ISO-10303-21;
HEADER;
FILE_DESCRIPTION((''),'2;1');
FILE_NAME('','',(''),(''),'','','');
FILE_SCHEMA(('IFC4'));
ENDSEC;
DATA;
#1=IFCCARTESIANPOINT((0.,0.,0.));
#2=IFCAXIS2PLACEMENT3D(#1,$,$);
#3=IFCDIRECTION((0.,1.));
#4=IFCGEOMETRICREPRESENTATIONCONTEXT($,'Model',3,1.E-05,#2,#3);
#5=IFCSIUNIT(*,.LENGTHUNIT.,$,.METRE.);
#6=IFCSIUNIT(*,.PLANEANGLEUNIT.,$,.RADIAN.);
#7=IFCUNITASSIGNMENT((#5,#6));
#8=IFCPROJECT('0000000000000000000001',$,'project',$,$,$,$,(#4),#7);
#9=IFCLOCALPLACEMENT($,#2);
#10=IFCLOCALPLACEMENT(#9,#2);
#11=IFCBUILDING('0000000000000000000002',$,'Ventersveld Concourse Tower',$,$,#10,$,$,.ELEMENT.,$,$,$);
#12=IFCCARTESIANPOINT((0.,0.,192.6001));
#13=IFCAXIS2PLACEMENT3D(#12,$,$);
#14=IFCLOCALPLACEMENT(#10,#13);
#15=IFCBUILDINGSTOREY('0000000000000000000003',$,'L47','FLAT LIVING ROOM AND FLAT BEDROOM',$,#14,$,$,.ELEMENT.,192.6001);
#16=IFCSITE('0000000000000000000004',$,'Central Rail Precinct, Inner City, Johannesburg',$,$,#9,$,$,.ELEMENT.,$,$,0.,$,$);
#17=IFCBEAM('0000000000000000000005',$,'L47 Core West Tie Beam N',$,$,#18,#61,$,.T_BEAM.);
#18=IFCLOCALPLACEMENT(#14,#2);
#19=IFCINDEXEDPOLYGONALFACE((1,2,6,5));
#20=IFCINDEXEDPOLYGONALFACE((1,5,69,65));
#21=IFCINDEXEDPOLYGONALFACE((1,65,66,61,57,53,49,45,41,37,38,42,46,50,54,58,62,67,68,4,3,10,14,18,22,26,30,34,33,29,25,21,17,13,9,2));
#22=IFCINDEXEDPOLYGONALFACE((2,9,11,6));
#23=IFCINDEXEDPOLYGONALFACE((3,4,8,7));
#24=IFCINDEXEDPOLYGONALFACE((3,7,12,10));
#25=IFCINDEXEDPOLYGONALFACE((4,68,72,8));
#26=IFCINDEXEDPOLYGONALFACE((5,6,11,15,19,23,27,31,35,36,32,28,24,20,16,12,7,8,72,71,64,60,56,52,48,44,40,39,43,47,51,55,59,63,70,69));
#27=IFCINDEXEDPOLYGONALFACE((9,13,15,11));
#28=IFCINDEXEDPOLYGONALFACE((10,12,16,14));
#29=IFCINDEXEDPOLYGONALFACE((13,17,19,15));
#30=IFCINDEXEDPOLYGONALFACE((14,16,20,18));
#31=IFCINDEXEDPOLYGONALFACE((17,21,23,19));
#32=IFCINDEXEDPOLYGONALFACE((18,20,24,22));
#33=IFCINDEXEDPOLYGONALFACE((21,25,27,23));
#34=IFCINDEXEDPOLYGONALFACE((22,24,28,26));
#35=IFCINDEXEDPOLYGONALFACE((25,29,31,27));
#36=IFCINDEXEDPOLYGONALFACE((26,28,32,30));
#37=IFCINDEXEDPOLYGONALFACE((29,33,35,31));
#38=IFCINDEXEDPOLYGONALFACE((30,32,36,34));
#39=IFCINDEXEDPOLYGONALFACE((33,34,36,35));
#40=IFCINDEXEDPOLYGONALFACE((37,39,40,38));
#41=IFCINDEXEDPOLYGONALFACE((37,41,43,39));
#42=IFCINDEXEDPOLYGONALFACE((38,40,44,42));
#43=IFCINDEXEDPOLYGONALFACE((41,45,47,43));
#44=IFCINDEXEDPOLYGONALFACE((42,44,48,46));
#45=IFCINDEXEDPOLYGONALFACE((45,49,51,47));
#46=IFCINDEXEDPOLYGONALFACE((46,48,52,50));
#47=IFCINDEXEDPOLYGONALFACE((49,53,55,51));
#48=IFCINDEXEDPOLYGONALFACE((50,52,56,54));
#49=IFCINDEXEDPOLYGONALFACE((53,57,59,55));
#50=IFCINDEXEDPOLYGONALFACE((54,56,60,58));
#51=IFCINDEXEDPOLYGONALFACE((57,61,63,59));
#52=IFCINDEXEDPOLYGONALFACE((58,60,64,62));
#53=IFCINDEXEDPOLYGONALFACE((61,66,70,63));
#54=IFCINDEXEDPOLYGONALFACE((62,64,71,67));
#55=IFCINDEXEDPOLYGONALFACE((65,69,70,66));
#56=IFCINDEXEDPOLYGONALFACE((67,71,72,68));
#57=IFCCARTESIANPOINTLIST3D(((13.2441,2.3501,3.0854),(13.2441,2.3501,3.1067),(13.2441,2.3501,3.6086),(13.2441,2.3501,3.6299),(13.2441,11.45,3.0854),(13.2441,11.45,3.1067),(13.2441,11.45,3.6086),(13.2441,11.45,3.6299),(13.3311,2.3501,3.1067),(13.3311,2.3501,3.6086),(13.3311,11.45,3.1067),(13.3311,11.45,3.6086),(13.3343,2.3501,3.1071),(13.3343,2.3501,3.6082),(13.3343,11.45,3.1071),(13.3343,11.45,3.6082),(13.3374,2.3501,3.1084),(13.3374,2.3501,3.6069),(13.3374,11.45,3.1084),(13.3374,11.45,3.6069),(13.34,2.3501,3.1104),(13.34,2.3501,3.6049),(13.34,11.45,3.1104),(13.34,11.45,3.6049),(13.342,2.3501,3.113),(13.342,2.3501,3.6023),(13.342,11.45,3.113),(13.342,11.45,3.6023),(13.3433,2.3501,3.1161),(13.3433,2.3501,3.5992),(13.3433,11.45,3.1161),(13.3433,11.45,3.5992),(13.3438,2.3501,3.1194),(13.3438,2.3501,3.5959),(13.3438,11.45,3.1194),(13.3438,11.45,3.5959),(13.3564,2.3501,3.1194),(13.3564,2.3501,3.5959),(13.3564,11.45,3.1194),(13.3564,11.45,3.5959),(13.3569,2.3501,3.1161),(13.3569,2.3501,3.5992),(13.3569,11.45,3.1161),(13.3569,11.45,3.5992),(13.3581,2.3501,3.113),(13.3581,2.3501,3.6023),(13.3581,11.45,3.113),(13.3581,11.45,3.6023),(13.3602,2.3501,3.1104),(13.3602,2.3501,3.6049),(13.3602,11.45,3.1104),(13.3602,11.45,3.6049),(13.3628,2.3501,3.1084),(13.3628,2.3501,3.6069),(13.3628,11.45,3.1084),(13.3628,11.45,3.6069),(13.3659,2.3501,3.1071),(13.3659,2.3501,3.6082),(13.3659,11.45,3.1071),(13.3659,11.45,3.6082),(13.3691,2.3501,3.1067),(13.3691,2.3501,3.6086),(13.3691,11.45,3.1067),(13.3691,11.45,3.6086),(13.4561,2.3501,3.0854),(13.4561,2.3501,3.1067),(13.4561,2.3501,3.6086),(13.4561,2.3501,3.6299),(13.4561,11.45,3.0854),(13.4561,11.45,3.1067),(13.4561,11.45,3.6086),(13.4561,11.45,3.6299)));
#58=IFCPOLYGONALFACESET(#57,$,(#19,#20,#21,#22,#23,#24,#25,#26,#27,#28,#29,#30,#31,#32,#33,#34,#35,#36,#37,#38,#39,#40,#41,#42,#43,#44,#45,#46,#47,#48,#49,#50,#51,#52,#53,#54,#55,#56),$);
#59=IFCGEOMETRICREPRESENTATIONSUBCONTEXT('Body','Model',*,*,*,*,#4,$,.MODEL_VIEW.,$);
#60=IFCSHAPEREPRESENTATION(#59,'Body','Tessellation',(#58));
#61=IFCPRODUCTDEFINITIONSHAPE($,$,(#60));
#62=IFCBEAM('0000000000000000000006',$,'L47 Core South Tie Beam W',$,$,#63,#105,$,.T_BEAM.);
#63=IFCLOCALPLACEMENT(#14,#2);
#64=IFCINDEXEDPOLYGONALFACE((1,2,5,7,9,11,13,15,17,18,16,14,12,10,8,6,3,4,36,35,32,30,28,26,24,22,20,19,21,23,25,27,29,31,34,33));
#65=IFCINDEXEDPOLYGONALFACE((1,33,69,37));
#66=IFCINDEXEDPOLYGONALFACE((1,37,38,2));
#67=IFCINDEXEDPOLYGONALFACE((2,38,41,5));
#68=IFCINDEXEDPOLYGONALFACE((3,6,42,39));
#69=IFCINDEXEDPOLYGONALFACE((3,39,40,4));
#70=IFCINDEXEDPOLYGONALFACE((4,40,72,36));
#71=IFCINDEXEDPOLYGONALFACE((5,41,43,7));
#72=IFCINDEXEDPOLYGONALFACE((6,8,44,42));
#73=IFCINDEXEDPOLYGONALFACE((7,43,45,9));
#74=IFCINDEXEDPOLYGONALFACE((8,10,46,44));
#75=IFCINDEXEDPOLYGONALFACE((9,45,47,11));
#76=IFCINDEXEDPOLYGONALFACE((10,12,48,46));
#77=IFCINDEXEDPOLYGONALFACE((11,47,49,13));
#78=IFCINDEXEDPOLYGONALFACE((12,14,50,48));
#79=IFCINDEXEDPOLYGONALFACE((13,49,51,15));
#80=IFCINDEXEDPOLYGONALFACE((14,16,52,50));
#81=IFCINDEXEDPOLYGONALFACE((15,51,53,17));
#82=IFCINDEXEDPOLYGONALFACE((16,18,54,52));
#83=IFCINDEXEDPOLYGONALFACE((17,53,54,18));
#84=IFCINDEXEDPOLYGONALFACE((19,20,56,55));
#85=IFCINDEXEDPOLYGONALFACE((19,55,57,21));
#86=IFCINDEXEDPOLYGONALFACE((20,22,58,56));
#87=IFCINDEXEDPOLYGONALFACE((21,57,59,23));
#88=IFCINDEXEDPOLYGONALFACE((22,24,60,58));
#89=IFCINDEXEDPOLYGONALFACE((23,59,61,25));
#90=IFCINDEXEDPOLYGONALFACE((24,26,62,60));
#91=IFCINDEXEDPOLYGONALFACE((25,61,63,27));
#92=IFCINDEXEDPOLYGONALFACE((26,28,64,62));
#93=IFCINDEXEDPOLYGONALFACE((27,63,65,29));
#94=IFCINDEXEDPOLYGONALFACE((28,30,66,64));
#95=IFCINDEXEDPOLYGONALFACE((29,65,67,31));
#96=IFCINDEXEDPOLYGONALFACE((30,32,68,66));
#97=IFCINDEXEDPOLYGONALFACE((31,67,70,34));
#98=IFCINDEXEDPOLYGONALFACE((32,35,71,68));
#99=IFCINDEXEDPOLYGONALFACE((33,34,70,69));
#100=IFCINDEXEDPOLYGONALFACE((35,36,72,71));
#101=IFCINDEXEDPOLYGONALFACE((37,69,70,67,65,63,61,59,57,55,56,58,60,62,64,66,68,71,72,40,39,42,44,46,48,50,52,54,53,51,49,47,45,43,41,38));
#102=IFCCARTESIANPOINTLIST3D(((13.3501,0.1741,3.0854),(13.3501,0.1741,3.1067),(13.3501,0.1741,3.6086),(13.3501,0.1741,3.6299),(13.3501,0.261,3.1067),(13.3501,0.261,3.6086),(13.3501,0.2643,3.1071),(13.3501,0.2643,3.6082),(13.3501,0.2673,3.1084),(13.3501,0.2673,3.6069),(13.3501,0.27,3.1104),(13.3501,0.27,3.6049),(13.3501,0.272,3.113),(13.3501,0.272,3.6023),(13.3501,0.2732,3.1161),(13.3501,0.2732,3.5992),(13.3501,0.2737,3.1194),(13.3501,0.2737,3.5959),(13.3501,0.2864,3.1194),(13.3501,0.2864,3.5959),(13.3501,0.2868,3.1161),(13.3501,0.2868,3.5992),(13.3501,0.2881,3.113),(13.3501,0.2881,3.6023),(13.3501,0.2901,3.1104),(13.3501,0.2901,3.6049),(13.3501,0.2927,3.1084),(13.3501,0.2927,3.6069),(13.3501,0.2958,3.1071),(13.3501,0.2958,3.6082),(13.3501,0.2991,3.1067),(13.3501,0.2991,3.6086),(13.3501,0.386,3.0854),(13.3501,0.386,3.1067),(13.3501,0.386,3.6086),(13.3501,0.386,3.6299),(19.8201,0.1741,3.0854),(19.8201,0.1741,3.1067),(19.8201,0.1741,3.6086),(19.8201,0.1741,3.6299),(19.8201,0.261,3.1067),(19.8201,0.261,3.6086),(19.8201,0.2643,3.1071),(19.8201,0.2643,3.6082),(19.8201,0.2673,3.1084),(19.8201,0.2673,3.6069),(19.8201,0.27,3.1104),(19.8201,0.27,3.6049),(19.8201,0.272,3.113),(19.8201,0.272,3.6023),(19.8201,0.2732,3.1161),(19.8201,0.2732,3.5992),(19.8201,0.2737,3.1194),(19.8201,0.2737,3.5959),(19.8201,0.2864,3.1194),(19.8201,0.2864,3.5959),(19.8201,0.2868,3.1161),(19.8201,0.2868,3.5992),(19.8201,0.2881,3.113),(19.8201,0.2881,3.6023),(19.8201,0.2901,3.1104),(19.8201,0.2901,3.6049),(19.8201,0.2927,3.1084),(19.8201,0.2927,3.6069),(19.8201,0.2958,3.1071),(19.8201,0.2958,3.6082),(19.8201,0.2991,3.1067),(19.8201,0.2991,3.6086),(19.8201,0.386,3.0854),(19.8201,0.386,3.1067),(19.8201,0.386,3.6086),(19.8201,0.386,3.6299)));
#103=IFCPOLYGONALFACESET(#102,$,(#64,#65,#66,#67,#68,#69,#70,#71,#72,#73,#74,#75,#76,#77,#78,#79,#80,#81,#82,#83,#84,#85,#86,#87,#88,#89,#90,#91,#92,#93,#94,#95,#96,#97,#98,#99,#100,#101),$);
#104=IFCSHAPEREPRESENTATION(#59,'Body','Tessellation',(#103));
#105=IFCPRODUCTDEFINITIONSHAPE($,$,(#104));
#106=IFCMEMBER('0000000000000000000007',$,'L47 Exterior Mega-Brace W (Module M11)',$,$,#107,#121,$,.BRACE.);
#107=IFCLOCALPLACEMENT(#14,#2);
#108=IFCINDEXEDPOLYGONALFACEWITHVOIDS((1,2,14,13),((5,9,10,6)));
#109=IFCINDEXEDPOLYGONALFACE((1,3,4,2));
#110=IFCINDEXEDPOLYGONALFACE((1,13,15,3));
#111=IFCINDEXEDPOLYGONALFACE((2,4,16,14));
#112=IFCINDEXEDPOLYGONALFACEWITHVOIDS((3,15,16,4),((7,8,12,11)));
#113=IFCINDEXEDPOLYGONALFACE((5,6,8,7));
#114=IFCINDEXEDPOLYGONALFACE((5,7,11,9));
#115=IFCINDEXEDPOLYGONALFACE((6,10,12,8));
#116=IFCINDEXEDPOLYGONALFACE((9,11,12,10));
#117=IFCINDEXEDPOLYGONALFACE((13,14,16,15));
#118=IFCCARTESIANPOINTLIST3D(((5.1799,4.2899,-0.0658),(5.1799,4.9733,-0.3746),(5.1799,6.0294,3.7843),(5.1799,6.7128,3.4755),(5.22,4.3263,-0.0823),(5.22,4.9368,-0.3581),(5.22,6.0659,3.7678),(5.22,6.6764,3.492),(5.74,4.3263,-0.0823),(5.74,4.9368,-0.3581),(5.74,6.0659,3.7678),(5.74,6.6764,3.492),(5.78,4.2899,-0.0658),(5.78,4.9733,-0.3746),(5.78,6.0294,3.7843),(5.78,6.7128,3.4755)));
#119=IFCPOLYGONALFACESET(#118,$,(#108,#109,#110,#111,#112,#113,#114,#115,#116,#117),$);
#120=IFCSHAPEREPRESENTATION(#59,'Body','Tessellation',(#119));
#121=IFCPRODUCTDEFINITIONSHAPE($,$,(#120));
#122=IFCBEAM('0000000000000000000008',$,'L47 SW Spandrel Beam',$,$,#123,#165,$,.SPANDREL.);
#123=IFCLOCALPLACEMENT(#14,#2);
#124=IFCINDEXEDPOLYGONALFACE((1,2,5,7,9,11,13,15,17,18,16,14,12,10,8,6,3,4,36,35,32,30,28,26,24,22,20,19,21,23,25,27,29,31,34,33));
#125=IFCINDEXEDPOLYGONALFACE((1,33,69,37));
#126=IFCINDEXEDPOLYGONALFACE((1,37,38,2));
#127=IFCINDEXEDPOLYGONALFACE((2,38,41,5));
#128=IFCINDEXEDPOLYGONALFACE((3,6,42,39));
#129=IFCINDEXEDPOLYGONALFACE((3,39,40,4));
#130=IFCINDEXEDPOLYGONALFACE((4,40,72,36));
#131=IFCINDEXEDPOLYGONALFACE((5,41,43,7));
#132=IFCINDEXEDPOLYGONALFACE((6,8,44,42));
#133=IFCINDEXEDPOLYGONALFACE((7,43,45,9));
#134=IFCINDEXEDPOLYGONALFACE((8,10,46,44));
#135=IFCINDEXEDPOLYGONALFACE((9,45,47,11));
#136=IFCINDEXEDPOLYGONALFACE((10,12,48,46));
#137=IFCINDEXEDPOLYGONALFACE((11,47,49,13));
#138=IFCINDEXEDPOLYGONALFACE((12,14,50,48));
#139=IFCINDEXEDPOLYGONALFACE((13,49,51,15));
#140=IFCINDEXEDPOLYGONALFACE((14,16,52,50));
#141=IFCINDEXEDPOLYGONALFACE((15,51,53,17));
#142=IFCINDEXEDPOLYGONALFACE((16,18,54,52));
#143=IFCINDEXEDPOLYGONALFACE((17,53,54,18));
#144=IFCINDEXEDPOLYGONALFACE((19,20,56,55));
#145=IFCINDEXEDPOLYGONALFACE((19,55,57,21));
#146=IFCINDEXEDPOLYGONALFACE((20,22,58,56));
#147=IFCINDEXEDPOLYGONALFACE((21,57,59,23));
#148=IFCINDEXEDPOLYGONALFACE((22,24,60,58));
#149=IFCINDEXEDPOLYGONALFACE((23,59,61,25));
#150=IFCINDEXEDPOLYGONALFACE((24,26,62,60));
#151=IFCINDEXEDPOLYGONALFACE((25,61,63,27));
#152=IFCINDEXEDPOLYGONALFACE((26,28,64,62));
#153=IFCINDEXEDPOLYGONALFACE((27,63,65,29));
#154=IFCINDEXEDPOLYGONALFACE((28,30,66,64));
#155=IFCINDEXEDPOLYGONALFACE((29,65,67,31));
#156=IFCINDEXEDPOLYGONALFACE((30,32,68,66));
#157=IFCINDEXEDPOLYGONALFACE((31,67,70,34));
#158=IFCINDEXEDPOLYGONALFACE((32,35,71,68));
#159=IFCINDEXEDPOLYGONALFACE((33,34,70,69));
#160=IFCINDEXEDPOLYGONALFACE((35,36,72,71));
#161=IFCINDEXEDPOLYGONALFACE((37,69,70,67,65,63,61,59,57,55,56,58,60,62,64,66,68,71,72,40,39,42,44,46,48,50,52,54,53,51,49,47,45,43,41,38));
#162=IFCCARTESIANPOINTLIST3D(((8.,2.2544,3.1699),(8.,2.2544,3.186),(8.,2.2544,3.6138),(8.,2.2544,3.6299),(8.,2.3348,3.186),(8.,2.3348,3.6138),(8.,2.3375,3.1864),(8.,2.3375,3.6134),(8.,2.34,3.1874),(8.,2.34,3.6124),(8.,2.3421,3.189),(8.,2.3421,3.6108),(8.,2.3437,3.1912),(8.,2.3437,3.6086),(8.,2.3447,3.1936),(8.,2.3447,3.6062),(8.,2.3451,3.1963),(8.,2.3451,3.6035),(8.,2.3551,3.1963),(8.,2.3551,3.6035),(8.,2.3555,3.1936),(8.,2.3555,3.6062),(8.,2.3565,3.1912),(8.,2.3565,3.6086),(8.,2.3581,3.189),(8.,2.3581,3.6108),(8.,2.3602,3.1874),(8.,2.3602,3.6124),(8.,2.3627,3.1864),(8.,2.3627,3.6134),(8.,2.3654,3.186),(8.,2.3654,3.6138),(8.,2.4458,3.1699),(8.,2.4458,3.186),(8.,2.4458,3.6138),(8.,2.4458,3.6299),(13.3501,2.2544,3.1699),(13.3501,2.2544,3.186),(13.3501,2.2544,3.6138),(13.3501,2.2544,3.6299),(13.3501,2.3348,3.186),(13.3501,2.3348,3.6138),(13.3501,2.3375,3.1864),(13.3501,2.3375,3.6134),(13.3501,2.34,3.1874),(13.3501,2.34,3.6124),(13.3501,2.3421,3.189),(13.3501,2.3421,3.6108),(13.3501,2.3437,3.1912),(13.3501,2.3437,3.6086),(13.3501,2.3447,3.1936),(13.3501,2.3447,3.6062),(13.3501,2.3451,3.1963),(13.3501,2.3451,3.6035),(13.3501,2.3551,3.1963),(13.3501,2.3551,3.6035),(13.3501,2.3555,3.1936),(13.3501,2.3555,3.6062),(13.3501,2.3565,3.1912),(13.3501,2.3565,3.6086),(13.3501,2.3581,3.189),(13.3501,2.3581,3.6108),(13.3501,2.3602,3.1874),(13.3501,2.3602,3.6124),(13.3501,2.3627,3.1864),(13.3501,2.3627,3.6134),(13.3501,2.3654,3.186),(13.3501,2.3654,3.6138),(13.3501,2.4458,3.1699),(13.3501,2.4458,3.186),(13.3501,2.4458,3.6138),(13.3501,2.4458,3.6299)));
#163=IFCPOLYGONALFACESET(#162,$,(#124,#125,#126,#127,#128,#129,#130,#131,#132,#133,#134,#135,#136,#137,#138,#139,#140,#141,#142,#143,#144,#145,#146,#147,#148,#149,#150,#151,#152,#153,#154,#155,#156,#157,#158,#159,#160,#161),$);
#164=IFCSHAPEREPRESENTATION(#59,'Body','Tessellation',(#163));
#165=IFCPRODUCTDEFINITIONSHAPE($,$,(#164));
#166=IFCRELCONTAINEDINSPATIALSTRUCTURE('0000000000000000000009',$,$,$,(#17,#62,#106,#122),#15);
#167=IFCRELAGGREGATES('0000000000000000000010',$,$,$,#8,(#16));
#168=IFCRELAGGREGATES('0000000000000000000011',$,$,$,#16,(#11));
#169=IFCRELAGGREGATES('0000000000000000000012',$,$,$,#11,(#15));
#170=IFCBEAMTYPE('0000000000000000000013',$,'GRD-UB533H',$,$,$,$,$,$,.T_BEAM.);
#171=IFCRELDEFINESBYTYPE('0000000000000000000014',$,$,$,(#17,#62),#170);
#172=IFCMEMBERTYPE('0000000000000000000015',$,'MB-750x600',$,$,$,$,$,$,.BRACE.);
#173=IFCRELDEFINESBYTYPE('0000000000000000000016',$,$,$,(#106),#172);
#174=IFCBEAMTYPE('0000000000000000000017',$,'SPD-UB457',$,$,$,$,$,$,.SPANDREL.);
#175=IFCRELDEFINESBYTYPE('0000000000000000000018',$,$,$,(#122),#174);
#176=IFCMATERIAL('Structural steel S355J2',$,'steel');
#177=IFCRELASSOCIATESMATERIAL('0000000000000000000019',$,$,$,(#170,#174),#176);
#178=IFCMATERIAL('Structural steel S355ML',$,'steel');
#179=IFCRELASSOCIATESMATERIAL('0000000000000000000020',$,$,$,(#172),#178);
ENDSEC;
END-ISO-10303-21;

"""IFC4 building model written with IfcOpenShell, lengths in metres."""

from ifc_helpers import new_model, si_unit, direction, frame, origin, origin_2d, place, context, subcontext, project, spatial, hollow_rectangle, i_section, extrude, material, material_profile, profile_set, type_object, element, save


model = new_model("IFC4")

# Units and contexts
model_context = context("Model", 3, precision=1e-05, world=origin(), true_north=direction((0.0, 1.0)))
body_context = subcontext(model_context, "Body", "Model", "MODEL_VIEW")
ifc_project = project(units=[si_unit("LENGTHUNIT", "METRE"), si_unit("PLANEANGLEUNIT", "RADIAN")], contexts=[model_context])

# Site, building, storey
site_placement = place(None, origin())
site = spatial("IfcSite", under=ifc_project, at=site_placement, Name="Central Rail Precinct, Inner City, Johannesburg", CompositionType="ELEMENT", RefElevation=0.0)
building_placement = place(site_placement, origin())
building = spatial("IfcBuilding", under=site, at=building_placement, Name="Ventersveld Concourse Tower", CompositionType="ELEMENT")
storey_placement = place(building_placement, frame((0.0, 0.0, 192.6001)))
storey = spatial("IfcBuildingStorey", under=building, at=storey_placement, Name="L47", Description="FLAT LIVING ROOM AND FLAT BEDROOM", CompositionType="ELEMENT", Elevation=192.6001)

# Beams
ifc_material_1 = material(Name="Structural steel S355J2", Category="steel")
ifc_material_profile_1 = material_profile(ifc_material_1, i_section(OverallWidth=0.2119, OverallDepth=0.5444, WebThickness=0.0127, FlangeThickness=0.0212, FilletRadius=0.0127, at=origin_2d()), Name="UB 533x210x122")
ifc_profile_set_1 = profile_set([ifc_material_profile_1], Name="Structural steel S355J2")
beam_type_1 = type_object("IfcBeamType", Name="GRD-UB533H", PredefinedType="T_BEAM", material=ifc_profile_set_1)
beam_1_placement = place(storey_placement, frame((13.3501, 2.3501, 3.3577), z_axis=(0.0, 1.0, 0.0), x_axis=(-1.0, 0.0, 0.0)))
element("IfcBeam", 1, at=beam_1_placement, inside=storey, type_object=beam_type_1, Name="L47 Core West Tie Beam N", PredefinedType="T_BEAM", context=body_context, shape_type="SweptSolid", body=[
    extrude(i_section(OverallWidth=0.2119, OverallDepth=0.5444, WebThickness=0.0127, FlangeThickness=0.0212, FilletRadius=0.0127, at=origin_2d()), origin(), (0.0, 0.0, 1.0), 9.0999),
])
beam_2_placement = place(storey_placement, frame((13.3501, 0.28, 3.3577), z_axis=(1.0, 0.0, 0.0), x_axis=(0.0, 1.0, 0.0)))
element("IfcBeam", 2, at=beam_2_placement, inside=storey, type_object=beam_type_1, Name="L47 Core South Tie Beam W", PredefinedType="T_BEAM", context=body_context, shape_type="SweptSolid", body=[
    extrude(i_section(OverallWidth=0.2119, OverallDepth=0.5444, WebThickness=0.0127, FlangeThickness=0.0212, FilletRadius=0.0127, at=origin_2d()), origin(), (0.0, 0.0, 1.0), 6.47),
])

# Member
ifc_material_2 = material(Name="Structural steel S355ML", Category="steel")
ifc_material_profile_2 = material_profile(ifc_material_2, hollow_rectangle(XDim=0.6001, YDim=0.75, WallThickness=0.04, at=origin_2d()), Name="BOX 750x600x40")
ifc_profile_set_2 = profile_set([ifc_material_profile_2], Name="Structural steel S355ML")
member_type = type_object("IfcMemberType", Name="MB-750x600", PredefinedType="BRACE", material=ifc_profile_set_2)
member_placement = place(storey_placement, frame((5.48, 4.6316, -0.2202), z_axis=(0.0, 0.411734, 0.911304), x_axis=(-1.0, 0.0, 0.0)))
element("IfcMember", 3, at=member_placement, inside=storey, type_object=member_type, Name="L47 Exterior Mega-Brace W (Module M11)", PredefinedType="BRACE", context=body_context, shape_type="SweptSolid", body=[
    extrude(hollow_rectangle(XDim=0.6001, YDim=0.75, WallThickness=0.04, at=origin_2d()), origin(), (0.0, 0.0, 1.0), 4.2249),
])

# Beam
ifc_material_profile_3 = material_profile(ifc_material_1, i_section(OverallWidth=0.1914, OverallDepth=0.46, WebThickness=0.01, FlangeThickness=0.0161, FilletRadius=0.0103, at=origin_2d()), Name="UB 457x191x82")
ifc_profile_set_3 = profile_set([ifc_material_profile_3], Name="Structural steel S355J2")
beam_type_2 = type_object("IfcBeamType", Name="SPD-UB457", PredefinedType="SPANDREL", material=ifc_profile_set_3)
beam_3_placement = place(storey_placement, frame((8.0, 2.3501, 3.3999), z_axis=(1.0, 0.0, 0.0), x_axis=(0.0, 1.0, 0.0)))
element("IfcBeam", 4, at=beam_3_placement, inside=storey, type_object=beam_type_2, Name="L47 SW Spandrel Beam", PredefinedType="SPANDREL", context=body_context, shape_type="SweptSolid", body=[
    extrude(i_section(OverallWidth=0.1914, OverallDepth=0.46, WebThickness=0.01, FlangeThickness=0.0161, FilletRadius=0.0103, at=origin_2d()), origin(), (0.0, 0.0, 1.0), 5.3501),
])

save(model, "model.ifc")
